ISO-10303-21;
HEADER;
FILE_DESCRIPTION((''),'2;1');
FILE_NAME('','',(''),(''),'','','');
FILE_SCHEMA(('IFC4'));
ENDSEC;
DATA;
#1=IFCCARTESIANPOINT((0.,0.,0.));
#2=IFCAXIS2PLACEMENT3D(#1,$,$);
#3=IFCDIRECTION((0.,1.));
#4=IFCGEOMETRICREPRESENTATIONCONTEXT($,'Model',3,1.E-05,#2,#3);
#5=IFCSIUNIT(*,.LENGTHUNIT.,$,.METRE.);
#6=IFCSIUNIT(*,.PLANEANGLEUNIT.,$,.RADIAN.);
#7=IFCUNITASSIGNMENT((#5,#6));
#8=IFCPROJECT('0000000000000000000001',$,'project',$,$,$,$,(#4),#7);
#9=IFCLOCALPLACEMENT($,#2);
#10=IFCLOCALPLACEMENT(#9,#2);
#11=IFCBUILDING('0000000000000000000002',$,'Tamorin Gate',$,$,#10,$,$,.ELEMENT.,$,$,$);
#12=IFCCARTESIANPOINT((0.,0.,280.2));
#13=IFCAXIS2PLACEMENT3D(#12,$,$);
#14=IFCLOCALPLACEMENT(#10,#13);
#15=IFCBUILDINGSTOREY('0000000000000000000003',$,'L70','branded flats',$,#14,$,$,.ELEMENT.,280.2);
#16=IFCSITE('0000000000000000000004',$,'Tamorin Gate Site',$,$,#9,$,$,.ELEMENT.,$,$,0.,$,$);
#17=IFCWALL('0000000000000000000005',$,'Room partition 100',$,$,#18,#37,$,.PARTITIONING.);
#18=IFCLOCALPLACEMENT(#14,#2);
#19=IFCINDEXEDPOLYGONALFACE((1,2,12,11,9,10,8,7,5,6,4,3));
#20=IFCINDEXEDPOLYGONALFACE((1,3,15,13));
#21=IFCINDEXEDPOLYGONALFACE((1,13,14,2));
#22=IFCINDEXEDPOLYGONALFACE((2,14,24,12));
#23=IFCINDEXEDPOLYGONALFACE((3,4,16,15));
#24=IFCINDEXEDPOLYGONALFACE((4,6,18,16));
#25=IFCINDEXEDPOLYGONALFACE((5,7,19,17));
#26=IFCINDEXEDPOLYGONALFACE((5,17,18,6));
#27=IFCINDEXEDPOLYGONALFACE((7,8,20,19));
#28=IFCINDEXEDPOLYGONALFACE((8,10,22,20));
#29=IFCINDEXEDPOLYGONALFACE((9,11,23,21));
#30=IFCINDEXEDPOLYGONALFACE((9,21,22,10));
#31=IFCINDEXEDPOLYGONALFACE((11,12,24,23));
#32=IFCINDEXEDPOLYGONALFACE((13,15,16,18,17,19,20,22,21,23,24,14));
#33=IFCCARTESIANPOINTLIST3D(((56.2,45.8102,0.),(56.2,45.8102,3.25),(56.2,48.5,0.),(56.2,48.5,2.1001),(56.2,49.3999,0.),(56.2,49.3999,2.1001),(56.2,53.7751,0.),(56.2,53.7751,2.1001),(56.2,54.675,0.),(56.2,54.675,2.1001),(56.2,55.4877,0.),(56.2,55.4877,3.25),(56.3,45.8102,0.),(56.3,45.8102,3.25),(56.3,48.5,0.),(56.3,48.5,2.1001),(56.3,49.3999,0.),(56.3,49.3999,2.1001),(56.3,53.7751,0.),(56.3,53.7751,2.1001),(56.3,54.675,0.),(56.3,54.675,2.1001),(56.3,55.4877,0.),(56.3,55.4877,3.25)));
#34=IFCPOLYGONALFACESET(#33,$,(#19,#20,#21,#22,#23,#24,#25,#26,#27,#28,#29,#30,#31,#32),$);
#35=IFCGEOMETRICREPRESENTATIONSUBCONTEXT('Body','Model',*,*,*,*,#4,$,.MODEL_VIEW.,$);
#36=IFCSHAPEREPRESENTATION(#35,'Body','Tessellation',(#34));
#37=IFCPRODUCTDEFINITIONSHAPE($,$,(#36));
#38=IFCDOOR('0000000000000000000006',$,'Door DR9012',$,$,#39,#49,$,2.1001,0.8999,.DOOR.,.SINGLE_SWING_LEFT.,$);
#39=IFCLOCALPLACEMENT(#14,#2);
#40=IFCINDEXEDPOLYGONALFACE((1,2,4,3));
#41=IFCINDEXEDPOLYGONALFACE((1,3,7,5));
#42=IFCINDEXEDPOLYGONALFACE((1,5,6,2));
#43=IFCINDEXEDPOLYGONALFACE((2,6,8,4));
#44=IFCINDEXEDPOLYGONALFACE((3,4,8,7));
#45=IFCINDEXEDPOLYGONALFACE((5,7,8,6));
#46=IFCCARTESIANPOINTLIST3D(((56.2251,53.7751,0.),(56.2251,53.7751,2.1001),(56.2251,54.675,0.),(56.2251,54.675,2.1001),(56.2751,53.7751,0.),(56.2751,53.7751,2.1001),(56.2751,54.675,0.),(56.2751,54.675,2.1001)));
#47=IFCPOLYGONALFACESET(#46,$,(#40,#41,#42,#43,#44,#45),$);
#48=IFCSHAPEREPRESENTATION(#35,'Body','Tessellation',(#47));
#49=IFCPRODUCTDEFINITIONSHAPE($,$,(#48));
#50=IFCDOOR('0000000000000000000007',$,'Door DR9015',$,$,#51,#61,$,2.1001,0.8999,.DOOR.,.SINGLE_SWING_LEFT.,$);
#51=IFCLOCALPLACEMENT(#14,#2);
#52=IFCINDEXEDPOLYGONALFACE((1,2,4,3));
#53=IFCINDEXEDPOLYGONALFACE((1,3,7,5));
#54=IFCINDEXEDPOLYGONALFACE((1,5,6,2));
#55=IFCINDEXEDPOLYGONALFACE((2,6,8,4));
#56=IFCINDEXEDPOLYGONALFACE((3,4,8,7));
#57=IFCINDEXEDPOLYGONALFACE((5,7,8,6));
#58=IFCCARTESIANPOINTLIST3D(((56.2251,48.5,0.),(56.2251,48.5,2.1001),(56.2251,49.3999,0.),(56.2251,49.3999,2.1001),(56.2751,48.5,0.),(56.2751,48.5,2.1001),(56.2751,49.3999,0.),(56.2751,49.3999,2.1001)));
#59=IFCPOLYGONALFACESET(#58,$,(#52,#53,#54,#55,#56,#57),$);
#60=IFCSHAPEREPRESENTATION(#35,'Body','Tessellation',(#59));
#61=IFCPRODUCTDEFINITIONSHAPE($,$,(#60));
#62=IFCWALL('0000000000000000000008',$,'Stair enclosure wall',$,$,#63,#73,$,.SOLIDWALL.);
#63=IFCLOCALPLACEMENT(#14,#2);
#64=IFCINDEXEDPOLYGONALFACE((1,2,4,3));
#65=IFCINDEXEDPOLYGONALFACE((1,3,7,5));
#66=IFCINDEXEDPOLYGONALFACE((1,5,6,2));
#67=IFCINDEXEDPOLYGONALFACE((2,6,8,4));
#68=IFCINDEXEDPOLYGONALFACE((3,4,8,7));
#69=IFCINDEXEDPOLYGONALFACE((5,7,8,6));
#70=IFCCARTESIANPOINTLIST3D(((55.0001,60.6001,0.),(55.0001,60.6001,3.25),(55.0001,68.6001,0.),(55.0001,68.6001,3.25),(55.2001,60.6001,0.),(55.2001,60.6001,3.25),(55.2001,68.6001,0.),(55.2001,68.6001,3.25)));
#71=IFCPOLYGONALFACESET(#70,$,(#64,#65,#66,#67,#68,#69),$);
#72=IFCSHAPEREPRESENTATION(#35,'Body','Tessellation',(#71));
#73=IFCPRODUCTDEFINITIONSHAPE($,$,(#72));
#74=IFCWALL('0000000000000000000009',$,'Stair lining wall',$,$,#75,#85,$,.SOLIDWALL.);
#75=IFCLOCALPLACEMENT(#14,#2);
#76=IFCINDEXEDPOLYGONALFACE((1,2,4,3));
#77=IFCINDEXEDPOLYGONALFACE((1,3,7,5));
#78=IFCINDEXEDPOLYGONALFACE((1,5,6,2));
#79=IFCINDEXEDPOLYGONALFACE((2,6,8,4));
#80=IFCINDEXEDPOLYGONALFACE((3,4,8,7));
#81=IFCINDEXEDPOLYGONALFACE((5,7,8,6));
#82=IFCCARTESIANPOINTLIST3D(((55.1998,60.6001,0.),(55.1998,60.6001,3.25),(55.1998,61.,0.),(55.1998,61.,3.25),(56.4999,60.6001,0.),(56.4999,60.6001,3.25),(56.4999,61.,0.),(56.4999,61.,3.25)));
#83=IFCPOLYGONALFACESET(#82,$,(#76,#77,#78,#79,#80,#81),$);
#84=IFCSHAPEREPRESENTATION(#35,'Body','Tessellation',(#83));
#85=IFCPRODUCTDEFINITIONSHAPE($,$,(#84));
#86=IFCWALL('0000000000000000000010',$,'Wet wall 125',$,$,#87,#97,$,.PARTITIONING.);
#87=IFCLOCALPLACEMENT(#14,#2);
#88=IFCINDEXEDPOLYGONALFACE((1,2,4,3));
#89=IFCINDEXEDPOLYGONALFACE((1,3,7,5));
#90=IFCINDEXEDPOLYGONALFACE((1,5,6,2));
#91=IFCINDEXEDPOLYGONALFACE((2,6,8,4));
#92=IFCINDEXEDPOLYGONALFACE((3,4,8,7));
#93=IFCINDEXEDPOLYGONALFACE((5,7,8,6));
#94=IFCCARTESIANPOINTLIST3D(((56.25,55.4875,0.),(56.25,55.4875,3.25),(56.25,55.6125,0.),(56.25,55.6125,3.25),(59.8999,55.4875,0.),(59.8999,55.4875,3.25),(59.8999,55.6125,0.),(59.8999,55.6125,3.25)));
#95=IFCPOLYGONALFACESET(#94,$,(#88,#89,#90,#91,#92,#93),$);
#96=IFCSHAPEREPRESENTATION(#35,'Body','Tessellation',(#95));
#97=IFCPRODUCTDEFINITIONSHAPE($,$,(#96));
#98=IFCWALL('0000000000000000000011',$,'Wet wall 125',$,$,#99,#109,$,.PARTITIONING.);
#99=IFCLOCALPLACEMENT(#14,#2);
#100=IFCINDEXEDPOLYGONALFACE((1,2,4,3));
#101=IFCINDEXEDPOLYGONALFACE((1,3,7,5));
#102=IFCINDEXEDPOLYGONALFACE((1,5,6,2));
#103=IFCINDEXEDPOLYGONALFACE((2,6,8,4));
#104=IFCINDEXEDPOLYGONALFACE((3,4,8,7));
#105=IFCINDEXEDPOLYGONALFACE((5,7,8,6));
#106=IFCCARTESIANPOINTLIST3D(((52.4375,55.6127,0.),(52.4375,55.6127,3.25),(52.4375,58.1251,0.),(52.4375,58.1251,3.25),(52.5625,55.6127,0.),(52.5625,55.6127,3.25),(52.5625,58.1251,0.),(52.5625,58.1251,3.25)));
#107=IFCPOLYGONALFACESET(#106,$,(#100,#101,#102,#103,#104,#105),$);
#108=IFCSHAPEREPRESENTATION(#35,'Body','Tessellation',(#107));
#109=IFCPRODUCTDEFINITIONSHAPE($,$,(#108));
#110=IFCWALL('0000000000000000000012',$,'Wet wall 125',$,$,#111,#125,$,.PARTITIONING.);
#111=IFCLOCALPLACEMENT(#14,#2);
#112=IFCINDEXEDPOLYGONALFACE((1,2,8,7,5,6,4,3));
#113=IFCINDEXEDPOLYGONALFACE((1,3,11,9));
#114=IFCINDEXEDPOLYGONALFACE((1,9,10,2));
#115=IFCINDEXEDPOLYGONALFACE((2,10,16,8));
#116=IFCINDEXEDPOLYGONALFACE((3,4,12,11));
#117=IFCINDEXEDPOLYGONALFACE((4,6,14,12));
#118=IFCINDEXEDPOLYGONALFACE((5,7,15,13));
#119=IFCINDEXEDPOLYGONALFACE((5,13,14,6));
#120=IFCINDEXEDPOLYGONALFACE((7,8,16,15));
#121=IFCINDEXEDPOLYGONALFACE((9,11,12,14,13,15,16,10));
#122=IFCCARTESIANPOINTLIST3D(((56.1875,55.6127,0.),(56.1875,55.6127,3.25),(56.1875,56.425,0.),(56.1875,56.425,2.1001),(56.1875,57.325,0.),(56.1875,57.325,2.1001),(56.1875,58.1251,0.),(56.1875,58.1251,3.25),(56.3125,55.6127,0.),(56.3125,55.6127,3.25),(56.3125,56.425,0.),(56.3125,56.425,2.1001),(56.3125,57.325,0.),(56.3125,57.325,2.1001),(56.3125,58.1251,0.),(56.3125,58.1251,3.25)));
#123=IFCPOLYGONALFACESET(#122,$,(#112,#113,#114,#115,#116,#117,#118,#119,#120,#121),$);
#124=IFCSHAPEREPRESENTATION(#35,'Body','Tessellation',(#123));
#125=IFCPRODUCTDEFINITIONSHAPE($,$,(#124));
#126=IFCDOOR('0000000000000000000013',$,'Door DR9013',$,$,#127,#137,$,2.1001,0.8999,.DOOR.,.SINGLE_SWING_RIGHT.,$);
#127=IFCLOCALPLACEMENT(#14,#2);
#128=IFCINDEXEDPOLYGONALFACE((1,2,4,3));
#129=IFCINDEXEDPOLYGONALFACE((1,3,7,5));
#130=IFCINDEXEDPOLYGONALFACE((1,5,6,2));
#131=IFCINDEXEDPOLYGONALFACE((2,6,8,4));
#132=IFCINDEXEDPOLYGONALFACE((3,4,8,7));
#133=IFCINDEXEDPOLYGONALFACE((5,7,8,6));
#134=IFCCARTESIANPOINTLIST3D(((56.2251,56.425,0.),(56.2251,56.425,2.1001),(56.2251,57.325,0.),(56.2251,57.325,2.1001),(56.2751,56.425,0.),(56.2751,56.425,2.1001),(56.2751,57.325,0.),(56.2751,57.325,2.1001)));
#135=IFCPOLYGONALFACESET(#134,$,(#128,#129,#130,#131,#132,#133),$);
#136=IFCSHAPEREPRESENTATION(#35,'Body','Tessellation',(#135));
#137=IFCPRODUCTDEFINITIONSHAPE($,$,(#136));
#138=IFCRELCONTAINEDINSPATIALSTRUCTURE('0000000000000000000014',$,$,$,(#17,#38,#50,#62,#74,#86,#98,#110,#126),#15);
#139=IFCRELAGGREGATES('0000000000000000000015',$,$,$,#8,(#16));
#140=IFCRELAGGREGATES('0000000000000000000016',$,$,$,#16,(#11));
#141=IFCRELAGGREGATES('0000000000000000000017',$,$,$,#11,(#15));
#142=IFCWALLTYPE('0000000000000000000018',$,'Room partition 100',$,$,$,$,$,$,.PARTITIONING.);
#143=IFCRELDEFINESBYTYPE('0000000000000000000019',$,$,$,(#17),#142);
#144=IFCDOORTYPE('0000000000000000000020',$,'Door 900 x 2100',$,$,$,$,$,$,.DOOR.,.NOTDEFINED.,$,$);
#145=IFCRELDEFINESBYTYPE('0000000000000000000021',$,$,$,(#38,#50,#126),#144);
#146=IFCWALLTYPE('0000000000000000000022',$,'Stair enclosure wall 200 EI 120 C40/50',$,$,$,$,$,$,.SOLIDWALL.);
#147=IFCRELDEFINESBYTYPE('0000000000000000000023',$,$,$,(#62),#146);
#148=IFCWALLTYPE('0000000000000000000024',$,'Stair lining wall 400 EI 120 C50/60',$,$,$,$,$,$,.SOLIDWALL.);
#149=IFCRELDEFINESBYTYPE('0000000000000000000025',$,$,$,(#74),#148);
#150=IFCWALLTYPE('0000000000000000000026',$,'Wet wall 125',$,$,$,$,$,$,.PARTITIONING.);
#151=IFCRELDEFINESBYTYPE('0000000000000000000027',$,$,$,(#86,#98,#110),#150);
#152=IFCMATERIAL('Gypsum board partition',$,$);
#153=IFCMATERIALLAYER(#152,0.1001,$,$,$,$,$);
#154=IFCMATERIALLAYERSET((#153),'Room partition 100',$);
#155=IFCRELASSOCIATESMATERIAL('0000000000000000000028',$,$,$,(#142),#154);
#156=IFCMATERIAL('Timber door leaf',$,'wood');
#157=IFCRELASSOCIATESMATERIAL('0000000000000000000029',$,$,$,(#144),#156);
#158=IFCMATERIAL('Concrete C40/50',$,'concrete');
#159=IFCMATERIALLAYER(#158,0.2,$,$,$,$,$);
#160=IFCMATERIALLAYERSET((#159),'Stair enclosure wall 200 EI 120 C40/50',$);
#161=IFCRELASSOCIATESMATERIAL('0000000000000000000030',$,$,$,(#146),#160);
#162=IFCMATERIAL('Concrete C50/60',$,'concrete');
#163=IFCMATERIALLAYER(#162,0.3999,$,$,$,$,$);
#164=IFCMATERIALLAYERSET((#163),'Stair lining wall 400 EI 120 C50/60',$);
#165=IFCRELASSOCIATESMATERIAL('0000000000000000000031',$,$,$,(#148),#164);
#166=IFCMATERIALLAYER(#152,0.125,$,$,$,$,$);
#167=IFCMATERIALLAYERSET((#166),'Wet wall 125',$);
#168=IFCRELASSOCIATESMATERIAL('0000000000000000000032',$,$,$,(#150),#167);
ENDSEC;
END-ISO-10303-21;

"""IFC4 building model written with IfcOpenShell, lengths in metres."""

from ifc_helpers import new_model, si_unit, direction, frame, frame_2d, origin, place, context, subcontext, project, spatial, rectangle, extrude, material, layer, layer_set, type_object, element, fill, save


model = new_model("IFC4")

# Units and contexts
model_context = context("Model", 3, precision=1e-05, world=origin(), true_north=direction((0.0, 1.0)))
body_context = subcontext(model_context, "Body", "Model", "MODEL_VIEW")
ifc_project = project(units=[si_unit("LENGTHUNIT", "METRE"), si_unit("PLANEANGLEUNIT", "RADIAN")], contexts=[model_context])

# Site, building, storey
site_placement = place(None, origin())
site = spatial("IfcSite", under=ifc_project, at=site_placement, Name="Tamorin Gate Site", CompositionType="ELEMENT", RefElevation=0.0)
building_placement = place(site_placement, origin())
building = spatial("IfcBuilding", under=site, at=building_placement, Name="Tamorin Gate", CompositionType="ELEMENT")
storey_placement = place(building_placement, frame((0.0, 0.0, 280.2)))
storey = spatial("IfcBuildingStorey", under=building, at=storey_placement, Name="L70", Description="branded flats", CompositionType="ELEMENT", Elevation=280.2)

# Shared definitions
ifc_material_1 = material(Name="Concrete C50/60", Category="concrete")

# Shared definitions
ifc_material_2 = material(Name="Gypsum board partition")

# Shared definitions
ifc_layer_1 = layer(ifc_material_2, 0.1001)
ifc_layer_set_1 = layer_set([ifc_layer_1], Name="Room partition 100")
wall_type_1 = type_object("IfcWallType", Name="Room partition 100", PredefinedType="PARTITIONING", material=ifc_layer_set_1)
ifc_material_3 = material(Name="Timber door leaf", Category="wood")
door_type = type_object("IfcDoorType", Name="Door 900 x 2100", OperationType="NOTDEFINED", PredefinedType="DOOR", material=ifc_material_3)

# Wall, openings, doors
wall_1_placement = place(storey_placement, frame((56.25, 45.8101, 0.0), z_axis=(0.0, 0.0, 1.0), x_axis=(0.0, 1.0, 0.0)))
wall_1 = element("IfcWall", 1, at=wall_1_placement, inside=storey, type_object=wall_type_1, Name="Room partition 100", PredefinedType="PARTITIONING", context=body_context, shape_type="SweptSolid", body=[
    extrude(rectangle(XDim=9.6775, YDim=0.1001, at=frame_2d((4.8389, 0.0))), origin(), (0.0, 0.0, 1.0), 3.25),
])
opening_1_placement = place(wall_1_placement, frame((7.9651, 0.0, 0.0)))
opening_1 = element("IfcOpeningElement", 2, at=opening_1_placement, cuts=wall_1, PredefinedType="OPENING", context=body_context, shape_type="SweptSolid", body=[
    extrude(rectangle(XDim=0.8999, YDim=2.1001, at=frame_2d((0.45, 1.05))), frame((0.0, 0.0601, 0.0), z_axis=(0.0, -1.0, 0.0), x_axis=(1.0, 0.0, 0.0)), (0.0, 0.0, 1.0), 0.1201),
])
opening_2_placement = place(wall_1_placement, frame((2.6899, 0.0, 0.0)))
opening_2 = element("IfcOpeningElement", 3, at=opening_2_placement, cuts=wall_1, PredefinedType="OPENING", context=body_context, shape_type="SweptSolid", body=[
    extrude(rectangle(XDim=0.8999, YDim=2.1001, at=frame_2d((0.45, 1.05))), frame((0.0, 0.0601, 0.0), z_axis=(0.0, -1.0, 0.0), x_axis=(1.0, 0.0, 0.0)), (0.0, 0.0, 1.0), 0.1201),
])
door_1_placement = place(opening_1_placement, origin())
door_1 = element("IfcDoor", 4, at=door_1_placement, inside=storey, type_object=door_type, Name="Door DR9012", OperationType="SINGLE_SWING_LEFT", OverallHeight=2.1001, OverallWidth=0.8999, PredefinedType="DOOR", context=body_context, shape_type="SweptSolid", body=[
    extrude(rectangle(XDim=0.8999, YDim=2.1001, at=frame_2d((0.45, 1.05))), frame((0.0, 0.0249, 0.0), z_axis=(0.0, -1.0, 0.0), x_axis=(1.0, 0.0, 0.0)), (0.0, 0.0, 1.0), 0.05),
])
fill(opening_1, door_1)
door_2_placement = place(opening_2_placement, origin())
door_2 = element("IfcDoor", 5, at=door_2_placement, inside=storey, type_object=door_type, Name="Door DR9015", OperationType="SINGLE_SWING_LEFT", OverallHeight=2.1001, OverallWidth=0.8999, PredefinedType="DOOR", context=body_context, shape_type="SweptSolid", body=[
    extrude(rectangle(XDim=0.8999, YDim=2.1001, at=frame_2d((0.45, 1.05))), frame((0.0, 0.0249, 0.0), z_axis=(0.0, -1.0, 0.0), x_axis=(1.0, 0.0, 0.0)), (0.0, 0.0, 1.0), 0.05),
])
fill(opening_2, door_2)

# Walls
ifc_material_4 = material(Name="Concrete C40/50", Category="concrete")
ifc_layer_2 = layer(ifc_material_4, 0.2)
ifc_layer_set_2 = layer_set([ifc_layer_2], Name="Stair enclosure wall 200 EI 120 C40/50")
wall_type_2 = type_object("IfcWallType", Name="Stair enclosure wall 200 EI 120 C40/50", PredefinedType="SOLIDWALL", material=ifc_layer_set_2)
wall_2_placement = place(storey_placement, frame((55.1001, 60.6001, 0.0), z_axis=(0.0, 0.0, 1.0), x_axis=(0.0, 1.0, 0.0)))
element("IfcWall", 6, at=wall_2_placement, inside=storey, type_object=wall_type_2, Name="Stair enclosure wall", PredefinedType="SOLIDWALL", context=body_context, shape_type="SweptSolid", body=[
    extrude(rectangle(XDim=8.0, YDim=0.2, at=frame_2d((4.0, 0.0))), origin(), (0.0, 0.0, 1.0), 3.25),
])
ifc_layer_3 = layer(ifc_material_1, 0.3999)
ifc_layer_set_3 = layer_set([ifc_layer_3], Name="Stair lining wall 400 EI 120 C50/60")
wall_type_3 = type_object("IfcWallType", Name="Stair lining wall 400 EI 120 C50/60", PredefinedType="SOLIDWALL", material=ifc_layer_set_3)
wall_3_placement = place(storey_placement, frame((55.2, 60.8, 0.0), z_axis=(0.0, 0.0, 1.0), x_axis=(1.0, 0.0, 0.0)))
element("IfcWall", 7, at=wall_3_placement, inside=storey, type_object=wall_type_3, Name="Stair lining wall", PredefinedType="SOLIDWALL", context=body_context, shape_type="SweptSolid", body=[
    extrude(rectangle(XDim=1.3, YDim=0.3999, at=frame_2d((0.6499, 0.0))), origin(), (0.0, 0.0, 1.0), 3.25),
])
ifc_layer_4 = layer(ifc_material_2, 0.125)
ifc_layer_set_4 = layer_set([ifc_layer_4], Name="Wet wall 125")
wall_type_4 = type_object("IfcWallType", Name="Wet wall 125", PredefinedType="PARTITIONING", material=ifc_layer_set_4)
wall_4_placement = place(storey_placement, frame((56.25, 55.55, 0.0), z_axis=(0.0, 0.0, 1.0), x_axis=(1.0, 0.0, 0.0)))
element("IfcWall", 8, at=wall_4_placement, inside=storey, type_object=wall_type_4, Name="Wet wall 125", PredefinedType="PARTITIONING", context=body_context, shape_type="SweptSolid", body=[
    extrude(rectangle(XDim=3.6499, YDim=0.125, at=frame_2d((1.825, 0.0))), origin(), (0.0, 0.0, 1.0), 3.25),
])
wall_5_placement = place(storey_placement, frame((52.5, 55.6125, 0.0), z_axis=(0.0, 0.0, 1.0), x_axis=(0.0, 1.0, 0.0)))
element("IfcWall", 9, at=wall_5_placement, inside=storey, type_object=wall_type_4, Name="Wet wall 125", PredefinedType="PARTITIONING", context=body_context, shape_type="SweptSolid", body=[
    extrude(rectangle(XDim=2.5125, YDim=0.125, at=frame_2d((1.2563, 0.0))), origin(), (0.0, 0.0, 1.0), 3.25),
])

# Wall, opening, door
wall_6_placement = place(storey_placement, frame((56.25, 55.6125, 0.0), z_axis=(0.0, 0.0, 1.0), x_axis=(0.0, 1.0, 0.0)))
wall_6 = element("IfcWall", 10, at=wall_6_placement, inside=storey, type_object=wall_type_4, Name="Wet wall 125", PredefinedType="PARTITIONING", context=body_context, shape_type="SweptSolid", body=[
    extrude(rectangle(XDim=2.5125, YDim=0.125, at=frame_2d((1.2563, 0.0))), origin(), (0.0, 0.0, 1.0), 3.25),
])
opening_3_placement = place(wall_6_placement, frame((0.8125, 0.0, 0.0)))
opening_3 = element("IfcOpeningElement", 11, at=opening_3_placement, cuts=wall_6, PredefinedType="OPENING", context=body_context, shape_type="SweptSolid", body=[
    extrude(rectangle(XDim=0.8999, YDim=2.1001, at=frame_2d((0.45, 1.05))), frame((0.0, 0.0725, 0.0), z_axis=(0.0, -1.0, 0.0), x_axis=(1.0, 0.0, 0.0)), (0.0, 0.0, 1.0), 0.145),
])
door_3_placement = place(opening_3_placement, origin())
door_3 = element("IfcDoor", 12, at=door_3_placement, inside=storey, type_object=door_type, Name="Door DR9013", OperationType="SINGLE_SWING_RIGHT", OverallHeight=2.1001, OverallWidth=0.8999, PredefinedType="DOOR", context=body_context, shape_type="SweptSolid", body=[
    extrude(rectangle(XDim=0.8999, YDim=2.1001, at=frame_2d((0.45, 1.05))), frame((0.0, 0.0249, 0.0), z_axis=(0.0, -1.0, 0.0), x_axis=(1.0, 0.0, 0.0)), (0.0, 0.0, 1.0), 0.05),
])
fill(opening_3, door_3)

save(model, "model.ifc")
